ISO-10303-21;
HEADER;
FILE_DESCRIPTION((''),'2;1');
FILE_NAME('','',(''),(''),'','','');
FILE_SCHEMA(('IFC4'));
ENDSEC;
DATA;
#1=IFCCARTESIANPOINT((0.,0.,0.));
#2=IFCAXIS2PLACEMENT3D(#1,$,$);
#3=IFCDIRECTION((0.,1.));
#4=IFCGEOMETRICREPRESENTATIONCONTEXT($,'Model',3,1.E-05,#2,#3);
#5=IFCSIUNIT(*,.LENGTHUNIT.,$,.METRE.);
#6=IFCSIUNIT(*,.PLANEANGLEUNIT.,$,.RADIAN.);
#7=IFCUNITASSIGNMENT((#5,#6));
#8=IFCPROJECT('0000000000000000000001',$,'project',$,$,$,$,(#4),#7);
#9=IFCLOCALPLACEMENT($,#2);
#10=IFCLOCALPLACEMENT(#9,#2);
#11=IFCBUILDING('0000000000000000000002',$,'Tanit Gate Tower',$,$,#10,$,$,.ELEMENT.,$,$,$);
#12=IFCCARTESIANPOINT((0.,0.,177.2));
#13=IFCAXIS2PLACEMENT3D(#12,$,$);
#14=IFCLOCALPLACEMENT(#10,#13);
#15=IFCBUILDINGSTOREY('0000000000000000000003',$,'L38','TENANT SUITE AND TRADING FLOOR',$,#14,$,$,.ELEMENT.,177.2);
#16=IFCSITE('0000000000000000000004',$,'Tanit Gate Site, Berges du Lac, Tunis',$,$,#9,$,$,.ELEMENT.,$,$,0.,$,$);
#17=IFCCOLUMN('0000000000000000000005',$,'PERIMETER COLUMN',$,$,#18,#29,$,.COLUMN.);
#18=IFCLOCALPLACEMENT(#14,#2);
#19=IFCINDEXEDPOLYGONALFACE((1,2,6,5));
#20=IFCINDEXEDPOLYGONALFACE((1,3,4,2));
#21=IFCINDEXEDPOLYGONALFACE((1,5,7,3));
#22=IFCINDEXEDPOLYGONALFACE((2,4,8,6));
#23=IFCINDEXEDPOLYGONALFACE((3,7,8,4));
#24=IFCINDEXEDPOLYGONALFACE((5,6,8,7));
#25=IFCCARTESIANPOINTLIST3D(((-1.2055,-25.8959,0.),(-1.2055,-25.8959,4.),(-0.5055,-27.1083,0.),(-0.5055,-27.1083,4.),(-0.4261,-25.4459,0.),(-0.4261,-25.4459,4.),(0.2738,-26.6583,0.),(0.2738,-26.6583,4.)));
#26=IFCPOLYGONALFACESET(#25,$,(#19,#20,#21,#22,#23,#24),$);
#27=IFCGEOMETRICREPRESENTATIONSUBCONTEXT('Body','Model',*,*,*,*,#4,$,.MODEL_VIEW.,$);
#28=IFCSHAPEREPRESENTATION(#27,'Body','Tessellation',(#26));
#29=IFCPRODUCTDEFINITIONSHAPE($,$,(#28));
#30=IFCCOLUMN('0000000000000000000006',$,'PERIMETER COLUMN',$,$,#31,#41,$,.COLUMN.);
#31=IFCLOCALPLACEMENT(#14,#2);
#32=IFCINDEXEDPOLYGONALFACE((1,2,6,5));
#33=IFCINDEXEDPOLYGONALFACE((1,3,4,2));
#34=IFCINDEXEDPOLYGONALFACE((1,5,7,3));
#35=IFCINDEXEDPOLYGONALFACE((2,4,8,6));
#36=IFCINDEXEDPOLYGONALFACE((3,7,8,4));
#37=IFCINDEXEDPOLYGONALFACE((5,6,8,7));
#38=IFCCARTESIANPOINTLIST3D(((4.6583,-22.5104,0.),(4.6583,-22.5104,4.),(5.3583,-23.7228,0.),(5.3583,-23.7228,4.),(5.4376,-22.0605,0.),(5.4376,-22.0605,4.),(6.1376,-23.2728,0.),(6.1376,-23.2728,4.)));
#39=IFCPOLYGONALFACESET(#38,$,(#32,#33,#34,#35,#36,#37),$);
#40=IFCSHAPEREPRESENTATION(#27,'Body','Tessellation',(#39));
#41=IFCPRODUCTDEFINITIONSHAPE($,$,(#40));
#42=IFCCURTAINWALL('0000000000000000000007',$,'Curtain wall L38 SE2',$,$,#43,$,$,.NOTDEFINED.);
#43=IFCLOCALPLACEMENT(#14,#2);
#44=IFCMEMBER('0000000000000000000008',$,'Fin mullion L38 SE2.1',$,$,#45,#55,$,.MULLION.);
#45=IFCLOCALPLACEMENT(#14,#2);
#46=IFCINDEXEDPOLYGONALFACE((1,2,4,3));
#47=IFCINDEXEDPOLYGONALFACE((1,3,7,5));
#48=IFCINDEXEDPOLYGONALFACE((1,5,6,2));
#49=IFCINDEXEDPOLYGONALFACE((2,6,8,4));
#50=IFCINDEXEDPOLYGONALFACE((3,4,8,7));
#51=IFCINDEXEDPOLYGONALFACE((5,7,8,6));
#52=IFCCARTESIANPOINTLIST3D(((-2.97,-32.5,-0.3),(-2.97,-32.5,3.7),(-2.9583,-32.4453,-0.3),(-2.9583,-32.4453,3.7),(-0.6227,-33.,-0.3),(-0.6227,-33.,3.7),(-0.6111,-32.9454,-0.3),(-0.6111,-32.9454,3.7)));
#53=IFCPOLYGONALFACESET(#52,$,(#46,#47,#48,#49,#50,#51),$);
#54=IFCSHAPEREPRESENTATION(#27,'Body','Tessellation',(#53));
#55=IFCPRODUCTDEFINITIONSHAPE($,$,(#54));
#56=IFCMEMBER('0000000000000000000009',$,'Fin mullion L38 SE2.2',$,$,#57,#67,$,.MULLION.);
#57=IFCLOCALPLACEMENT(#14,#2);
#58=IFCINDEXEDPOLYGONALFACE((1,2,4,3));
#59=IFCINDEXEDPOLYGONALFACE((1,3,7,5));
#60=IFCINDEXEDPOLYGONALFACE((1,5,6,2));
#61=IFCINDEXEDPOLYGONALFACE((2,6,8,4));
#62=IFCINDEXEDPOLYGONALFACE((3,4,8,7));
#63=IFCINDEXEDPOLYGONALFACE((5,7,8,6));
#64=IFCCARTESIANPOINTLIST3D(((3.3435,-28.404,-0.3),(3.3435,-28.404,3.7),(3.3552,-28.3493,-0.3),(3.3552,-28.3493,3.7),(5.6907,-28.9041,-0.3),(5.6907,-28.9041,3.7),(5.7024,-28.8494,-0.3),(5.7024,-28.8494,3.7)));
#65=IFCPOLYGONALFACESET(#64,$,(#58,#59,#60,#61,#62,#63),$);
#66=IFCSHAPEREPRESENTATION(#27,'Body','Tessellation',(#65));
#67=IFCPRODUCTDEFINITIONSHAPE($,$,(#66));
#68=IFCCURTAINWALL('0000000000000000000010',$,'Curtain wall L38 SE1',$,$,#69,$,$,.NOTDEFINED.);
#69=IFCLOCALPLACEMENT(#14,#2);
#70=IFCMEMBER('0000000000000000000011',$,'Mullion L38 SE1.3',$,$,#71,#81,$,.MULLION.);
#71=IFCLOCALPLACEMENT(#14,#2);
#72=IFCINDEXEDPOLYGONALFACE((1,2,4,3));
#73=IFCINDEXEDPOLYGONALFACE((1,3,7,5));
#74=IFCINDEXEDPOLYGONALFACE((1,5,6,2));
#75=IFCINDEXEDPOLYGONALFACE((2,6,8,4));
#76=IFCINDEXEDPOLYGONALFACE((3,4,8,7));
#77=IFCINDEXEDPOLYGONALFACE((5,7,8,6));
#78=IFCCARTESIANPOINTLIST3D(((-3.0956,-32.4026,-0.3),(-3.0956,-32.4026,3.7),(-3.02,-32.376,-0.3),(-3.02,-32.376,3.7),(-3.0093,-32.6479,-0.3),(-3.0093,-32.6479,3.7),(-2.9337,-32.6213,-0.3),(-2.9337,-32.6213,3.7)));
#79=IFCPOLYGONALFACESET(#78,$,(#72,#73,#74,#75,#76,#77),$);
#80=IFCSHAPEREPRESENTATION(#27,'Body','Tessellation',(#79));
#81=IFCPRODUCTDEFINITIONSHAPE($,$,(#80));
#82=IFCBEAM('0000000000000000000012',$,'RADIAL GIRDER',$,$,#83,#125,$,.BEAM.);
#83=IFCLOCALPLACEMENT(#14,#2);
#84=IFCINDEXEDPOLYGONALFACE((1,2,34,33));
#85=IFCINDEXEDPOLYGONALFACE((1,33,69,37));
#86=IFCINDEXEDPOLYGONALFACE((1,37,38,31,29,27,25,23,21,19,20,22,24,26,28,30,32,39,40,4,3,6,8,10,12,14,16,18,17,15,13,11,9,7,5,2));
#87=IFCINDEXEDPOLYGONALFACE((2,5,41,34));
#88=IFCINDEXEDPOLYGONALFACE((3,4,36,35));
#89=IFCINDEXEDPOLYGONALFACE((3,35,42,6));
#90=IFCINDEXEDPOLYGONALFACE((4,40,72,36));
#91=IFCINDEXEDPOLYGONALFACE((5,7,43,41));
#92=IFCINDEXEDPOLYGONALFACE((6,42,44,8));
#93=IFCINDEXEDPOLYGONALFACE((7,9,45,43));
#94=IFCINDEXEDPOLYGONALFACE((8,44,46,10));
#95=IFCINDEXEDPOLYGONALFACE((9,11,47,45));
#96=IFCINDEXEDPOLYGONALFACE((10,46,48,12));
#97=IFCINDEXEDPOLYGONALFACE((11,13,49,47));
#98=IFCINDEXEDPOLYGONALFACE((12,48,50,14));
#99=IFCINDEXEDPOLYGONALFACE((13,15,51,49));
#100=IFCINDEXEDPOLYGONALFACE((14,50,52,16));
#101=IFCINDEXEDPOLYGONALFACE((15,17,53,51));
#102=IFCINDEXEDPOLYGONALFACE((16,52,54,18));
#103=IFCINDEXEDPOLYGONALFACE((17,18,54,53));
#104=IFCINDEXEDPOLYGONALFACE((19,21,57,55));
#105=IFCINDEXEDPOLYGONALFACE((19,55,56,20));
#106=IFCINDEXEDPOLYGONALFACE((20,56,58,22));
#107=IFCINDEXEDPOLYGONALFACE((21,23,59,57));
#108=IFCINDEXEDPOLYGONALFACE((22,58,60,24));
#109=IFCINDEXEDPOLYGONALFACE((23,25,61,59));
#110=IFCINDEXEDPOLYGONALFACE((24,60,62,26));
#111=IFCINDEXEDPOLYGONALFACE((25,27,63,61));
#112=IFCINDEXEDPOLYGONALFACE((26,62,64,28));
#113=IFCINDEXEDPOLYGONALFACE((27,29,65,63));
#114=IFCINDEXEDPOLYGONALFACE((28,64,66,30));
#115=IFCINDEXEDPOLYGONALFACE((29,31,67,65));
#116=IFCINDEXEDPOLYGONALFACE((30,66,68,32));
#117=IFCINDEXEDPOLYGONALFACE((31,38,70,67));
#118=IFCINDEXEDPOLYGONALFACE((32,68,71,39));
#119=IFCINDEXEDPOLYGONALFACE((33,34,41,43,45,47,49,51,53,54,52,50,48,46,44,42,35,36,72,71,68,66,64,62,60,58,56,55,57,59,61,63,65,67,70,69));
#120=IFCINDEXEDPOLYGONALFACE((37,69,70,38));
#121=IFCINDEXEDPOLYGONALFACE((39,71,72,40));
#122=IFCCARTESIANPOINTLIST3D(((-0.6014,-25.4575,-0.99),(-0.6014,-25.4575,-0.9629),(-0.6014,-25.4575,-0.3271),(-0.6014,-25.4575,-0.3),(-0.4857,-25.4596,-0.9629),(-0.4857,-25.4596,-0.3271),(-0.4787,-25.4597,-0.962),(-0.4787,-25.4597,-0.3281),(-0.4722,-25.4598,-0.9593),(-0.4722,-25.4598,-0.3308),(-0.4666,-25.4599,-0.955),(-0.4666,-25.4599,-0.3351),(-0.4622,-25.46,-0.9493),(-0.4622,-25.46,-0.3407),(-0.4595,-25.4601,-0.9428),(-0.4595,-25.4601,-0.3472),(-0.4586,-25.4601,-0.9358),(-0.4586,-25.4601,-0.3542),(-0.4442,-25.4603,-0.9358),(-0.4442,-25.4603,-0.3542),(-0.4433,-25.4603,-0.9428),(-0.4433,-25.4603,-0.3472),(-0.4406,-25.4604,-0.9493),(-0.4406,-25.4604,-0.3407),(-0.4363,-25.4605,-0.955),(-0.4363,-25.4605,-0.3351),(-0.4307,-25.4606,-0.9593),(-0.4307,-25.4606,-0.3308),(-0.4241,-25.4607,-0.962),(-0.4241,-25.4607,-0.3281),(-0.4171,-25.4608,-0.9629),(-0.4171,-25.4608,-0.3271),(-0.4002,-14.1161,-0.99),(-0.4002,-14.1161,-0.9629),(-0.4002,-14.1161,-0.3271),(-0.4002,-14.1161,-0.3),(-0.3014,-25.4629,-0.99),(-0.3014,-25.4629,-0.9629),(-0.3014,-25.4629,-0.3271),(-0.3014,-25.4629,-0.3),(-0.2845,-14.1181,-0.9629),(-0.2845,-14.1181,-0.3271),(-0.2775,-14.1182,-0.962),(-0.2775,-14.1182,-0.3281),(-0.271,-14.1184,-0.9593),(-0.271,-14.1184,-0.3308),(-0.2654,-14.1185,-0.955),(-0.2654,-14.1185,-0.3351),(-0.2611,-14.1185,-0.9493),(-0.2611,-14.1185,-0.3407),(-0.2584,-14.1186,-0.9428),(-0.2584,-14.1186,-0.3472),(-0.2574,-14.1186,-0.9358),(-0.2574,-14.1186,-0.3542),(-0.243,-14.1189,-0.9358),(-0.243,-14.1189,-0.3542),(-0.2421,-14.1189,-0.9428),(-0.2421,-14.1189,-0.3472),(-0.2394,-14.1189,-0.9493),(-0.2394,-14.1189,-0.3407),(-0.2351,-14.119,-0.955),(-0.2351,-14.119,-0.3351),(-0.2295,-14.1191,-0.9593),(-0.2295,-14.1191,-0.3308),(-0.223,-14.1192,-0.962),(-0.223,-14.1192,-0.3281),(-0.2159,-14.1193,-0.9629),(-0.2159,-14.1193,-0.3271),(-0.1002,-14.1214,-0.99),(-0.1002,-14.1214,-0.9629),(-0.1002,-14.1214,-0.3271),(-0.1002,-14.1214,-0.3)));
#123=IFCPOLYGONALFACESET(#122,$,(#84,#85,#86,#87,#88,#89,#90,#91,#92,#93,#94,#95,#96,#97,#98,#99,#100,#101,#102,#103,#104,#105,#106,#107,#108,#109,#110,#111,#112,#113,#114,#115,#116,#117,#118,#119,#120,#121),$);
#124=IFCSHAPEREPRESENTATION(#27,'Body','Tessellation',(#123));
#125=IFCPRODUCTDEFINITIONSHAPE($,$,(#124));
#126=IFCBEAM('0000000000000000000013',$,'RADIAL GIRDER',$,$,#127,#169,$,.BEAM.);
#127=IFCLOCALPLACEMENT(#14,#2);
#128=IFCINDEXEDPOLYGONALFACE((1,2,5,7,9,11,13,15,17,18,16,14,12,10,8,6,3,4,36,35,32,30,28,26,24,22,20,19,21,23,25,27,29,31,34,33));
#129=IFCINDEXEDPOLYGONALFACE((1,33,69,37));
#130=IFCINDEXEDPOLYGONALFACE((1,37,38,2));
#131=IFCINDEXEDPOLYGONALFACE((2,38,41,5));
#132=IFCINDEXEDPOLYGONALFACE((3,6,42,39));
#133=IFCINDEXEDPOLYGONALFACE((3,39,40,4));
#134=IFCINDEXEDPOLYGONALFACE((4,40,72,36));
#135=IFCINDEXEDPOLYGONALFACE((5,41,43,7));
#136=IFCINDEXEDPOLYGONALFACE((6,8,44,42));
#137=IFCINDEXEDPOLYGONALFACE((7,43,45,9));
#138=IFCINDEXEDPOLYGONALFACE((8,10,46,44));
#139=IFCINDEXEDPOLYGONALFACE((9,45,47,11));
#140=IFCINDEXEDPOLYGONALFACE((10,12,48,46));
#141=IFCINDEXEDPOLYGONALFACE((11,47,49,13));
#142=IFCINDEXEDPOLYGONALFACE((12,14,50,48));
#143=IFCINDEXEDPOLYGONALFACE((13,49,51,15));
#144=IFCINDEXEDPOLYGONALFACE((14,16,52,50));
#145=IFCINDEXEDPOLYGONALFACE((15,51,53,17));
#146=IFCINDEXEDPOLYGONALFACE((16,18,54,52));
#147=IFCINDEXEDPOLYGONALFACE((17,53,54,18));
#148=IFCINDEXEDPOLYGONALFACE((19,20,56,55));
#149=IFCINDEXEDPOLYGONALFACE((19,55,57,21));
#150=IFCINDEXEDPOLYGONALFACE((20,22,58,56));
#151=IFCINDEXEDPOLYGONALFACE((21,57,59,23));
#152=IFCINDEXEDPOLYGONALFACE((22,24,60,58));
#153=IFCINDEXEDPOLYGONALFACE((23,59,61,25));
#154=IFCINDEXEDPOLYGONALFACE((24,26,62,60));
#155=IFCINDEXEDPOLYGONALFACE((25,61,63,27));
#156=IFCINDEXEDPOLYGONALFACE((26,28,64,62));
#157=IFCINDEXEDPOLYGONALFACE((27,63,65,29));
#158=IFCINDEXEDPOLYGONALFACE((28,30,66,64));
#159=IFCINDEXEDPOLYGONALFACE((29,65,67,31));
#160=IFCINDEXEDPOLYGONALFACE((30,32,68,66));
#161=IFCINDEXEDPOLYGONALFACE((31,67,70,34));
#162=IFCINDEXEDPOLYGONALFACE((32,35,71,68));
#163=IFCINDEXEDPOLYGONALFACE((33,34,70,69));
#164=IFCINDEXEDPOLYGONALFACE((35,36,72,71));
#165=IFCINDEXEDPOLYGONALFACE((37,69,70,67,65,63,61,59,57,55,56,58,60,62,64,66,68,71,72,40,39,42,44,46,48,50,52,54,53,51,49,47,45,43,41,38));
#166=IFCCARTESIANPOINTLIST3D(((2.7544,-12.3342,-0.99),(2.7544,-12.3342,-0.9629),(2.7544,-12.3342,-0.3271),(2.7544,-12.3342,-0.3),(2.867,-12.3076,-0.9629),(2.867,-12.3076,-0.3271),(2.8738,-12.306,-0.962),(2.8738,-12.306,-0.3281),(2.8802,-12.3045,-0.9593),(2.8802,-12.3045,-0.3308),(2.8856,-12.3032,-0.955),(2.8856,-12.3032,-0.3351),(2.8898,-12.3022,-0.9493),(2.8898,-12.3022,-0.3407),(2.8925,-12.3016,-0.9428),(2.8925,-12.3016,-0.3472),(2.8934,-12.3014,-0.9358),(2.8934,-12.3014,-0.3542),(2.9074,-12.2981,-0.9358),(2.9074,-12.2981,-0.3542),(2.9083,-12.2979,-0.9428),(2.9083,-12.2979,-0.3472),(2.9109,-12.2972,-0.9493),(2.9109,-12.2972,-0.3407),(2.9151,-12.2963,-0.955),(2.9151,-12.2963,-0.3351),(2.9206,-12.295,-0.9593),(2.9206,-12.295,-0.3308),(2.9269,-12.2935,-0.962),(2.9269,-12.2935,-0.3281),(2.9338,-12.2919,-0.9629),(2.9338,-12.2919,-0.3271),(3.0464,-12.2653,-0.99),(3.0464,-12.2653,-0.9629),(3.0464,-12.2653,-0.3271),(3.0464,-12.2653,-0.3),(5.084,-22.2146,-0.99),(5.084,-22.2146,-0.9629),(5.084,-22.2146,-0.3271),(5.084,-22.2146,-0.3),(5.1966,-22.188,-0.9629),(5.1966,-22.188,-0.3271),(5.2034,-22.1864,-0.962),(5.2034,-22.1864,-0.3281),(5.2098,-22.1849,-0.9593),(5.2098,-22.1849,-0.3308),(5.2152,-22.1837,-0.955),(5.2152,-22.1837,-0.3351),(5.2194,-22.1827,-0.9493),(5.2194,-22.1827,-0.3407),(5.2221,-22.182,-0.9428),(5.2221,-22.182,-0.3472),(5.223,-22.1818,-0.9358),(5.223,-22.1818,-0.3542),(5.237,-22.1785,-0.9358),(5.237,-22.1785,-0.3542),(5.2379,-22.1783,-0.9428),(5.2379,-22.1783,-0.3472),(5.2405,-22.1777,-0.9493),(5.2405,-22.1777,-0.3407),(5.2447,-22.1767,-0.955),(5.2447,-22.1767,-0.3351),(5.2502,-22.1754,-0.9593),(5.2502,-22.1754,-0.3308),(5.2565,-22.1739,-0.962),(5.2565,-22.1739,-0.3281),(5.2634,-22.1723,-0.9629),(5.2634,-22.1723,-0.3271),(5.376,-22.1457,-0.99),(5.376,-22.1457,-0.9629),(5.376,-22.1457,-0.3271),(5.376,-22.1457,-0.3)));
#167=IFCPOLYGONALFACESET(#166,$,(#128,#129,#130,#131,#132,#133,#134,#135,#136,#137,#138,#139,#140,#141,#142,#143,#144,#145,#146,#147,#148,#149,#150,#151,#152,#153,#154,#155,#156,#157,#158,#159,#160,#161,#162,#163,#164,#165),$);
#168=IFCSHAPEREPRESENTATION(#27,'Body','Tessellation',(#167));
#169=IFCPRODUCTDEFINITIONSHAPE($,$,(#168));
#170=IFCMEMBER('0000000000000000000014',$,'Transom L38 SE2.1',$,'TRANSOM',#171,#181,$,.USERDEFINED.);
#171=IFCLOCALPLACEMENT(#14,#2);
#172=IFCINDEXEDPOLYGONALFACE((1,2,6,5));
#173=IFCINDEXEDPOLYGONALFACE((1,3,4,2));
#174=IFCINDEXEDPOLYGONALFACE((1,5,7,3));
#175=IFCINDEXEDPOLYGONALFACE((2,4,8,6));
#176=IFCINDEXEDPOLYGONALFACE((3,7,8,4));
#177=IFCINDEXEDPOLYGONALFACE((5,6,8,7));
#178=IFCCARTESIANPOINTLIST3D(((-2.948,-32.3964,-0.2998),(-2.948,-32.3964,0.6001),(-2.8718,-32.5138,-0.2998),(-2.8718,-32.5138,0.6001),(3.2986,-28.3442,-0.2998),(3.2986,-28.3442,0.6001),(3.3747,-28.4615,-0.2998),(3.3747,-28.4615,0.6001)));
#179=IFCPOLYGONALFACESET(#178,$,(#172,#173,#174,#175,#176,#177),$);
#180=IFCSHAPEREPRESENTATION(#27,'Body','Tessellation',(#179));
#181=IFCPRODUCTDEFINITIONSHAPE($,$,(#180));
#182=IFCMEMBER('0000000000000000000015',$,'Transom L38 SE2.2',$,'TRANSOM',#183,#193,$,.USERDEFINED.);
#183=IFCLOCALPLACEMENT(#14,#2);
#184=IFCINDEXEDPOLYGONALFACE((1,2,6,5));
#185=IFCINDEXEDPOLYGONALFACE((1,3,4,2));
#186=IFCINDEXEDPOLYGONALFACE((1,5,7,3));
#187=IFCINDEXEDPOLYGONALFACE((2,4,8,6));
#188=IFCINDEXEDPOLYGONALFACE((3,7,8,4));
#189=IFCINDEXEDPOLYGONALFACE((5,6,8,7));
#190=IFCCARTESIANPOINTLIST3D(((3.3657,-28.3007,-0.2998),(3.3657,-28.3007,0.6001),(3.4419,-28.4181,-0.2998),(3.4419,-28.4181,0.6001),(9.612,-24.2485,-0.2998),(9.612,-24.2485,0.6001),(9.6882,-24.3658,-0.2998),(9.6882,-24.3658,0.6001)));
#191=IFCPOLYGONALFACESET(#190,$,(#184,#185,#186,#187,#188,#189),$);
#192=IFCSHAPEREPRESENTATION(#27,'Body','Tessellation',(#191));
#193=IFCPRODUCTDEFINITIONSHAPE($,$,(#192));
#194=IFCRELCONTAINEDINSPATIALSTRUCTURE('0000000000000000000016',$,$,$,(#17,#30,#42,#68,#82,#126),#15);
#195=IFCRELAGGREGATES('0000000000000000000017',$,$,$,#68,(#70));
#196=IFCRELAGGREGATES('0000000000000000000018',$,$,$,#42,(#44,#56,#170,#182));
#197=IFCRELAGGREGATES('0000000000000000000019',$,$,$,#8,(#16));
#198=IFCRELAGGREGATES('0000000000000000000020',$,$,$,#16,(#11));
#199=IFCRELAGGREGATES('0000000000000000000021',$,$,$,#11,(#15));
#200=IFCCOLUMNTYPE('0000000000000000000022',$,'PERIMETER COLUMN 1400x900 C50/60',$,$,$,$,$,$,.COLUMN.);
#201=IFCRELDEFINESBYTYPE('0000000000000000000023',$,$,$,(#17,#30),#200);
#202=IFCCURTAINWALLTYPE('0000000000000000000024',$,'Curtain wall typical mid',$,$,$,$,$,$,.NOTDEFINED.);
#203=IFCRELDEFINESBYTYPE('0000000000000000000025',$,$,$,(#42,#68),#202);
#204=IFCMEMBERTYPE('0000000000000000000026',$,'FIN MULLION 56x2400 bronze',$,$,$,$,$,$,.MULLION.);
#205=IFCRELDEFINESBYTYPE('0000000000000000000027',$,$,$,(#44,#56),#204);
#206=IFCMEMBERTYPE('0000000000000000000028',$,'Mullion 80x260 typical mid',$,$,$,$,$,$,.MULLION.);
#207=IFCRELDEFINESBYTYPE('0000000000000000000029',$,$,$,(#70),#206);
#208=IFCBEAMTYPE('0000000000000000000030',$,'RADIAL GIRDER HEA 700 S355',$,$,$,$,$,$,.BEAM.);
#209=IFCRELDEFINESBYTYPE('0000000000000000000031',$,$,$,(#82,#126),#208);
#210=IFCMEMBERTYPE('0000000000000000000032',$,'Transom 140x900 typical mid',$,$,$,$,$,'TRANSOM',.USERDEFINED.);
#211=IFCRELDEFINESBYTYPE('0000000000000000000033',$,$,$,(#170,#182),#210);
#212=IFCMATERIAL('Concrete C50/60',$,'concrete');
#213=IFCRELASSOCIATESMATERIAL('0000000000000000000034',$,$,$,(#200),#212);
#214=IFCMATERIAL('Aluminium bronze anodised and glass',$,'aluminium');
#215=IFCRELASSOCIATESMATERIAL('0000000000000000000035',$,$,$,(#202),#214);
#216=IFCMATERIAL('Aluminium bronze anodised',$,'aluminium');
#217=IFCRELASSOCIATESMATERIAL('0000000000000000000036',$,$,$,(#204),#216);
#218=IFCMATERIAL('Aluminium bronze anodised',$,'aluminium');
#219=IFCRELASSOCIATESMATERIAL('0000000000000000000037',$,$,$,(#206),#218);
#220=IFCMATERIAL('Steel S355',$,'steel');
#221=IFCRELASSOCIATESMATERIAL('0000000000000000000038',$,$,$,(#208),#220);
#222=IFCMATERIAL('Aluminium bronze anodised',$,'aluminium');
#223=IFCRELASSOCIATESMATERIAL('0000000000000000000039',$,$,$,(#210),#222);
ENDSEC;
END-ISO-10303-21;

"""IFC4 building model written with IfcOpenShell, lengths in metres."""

from ifc_helpers import new_model, si_unit, direction, frame, origin, origin_2d, place, context, subcontext, project, spatial, rectangle, i_section, extrude, material, material_profile, profile_set, type_object, element, aggregate, save


model = new_model("IFC4")

# Units and contexts
model_context = context("Model", 3, precision=1e-05, world=origin(), true_north=direction((0.0, 1.0)))
body_context = subcontext(model_context, "Body", "Model", "MODEL_VIEW")
ifc_project = project(units=[si_unit("LENGTHUNIT", "METRE"), si_unit("PLANEANGLEUNIT", "RADIAN")], contexts=[model_context])

# Site, building, storey
site_placement = place(None, origin())
site = spatial("IfcSite", under=ifc_project, at=site_placement, Name="Tanit Gate Site, Berges du Lac, Tunis", CompositionType="ELEMENT", RefElevation=0.0)
building_placement = place(site_placement, origin())
building = spatial("IfcBuilding", under=site, at=building_placement, Name="Tanit Gate Tower", CompositionType="ELEMENT")
storey_placement = place(building_placement, frame((0.0, 0.0, 177.2)))
storey = spatial("IfcBuildingStorey", under=building, at=storey_placement, Name="L38", Description="TENANT SUITE AND TRADING FLOOR", CompositionType="ELEMENT", Elevation=177.2)

# Columns
ifc_material_1 = material(Name="Concrete C50/60", Category="concrete")
ifc_material_profile_1 = material_profile(ifc_material_1, rectangle(XDim=1.3999, YDim=0.8999, at=origin_2d()), Name="RC 1400x900")
ifc_profile_set_1 = profile_set([ifc_material_profile_1], Name="Concrete C50/60")
column_type = type_object("IfcColumnType", Name="PERIMETER COLUMN 1400x900 C50/60", PredefinedType="COLUMN", material=ifc_profile_set_1)
for number, where, z_axis, x_axis, name in (
    (1, (-0.4658, -26.2771, 0.0), (0.0, 0.0, 1.0), (0.5, -0.866025, 0.0), "PERIMETER COLUMN"),
    (2, (5.3979, -22.8916, 0.0), (0.0, 0.0, 1.0), (0.5, -0.866025, 0.0), "PERIMETER COLUMN"),
):
    element("IfcColumn", number, at=place(storey_placement, frame(where, z_axis=z_axis, x_axis=x_axis)), inside=storey, type_object=column_type, Name=name, PredefinedType="COLUMN", context=body_context, shape_type="SweptSolid", body=[
        extrude(rectangle(XDim=1.3999, YDim=0.8999, at=origin_2d()), origin(), (0.0, 0.0, 1.0), 4.0),
    ])

# Curtain wall, members
ifc_material_2 = material(Name="Aluminium bronze anodised and glass", Category="aluminium")
curtain_wall_type = type_object("IfcCurtainWallType", Name="Curtain wall typical mid", PredefinedType="NOTDEFINED", material=ifc_material_2)
curtain_wall_1_placement = place(storey_placement, origin())
curtain_wall_1 = element("IfcCurtainWall", 3, at=curtain_wall_1_placement, inside=storey, type_object=curtain_wall_type, Name="Curtain wall L38 SE2", PredefinedType="NOTDEFINED")
ifc_material_3 = material(Name="Aluminium bronze anodised", Category="aluminium")
ifc_material_profile_2 = material_profile(ifc_material_3, rectangle(XDim=2.3999, YDim=0.0559, at=origin_2d()), Name="56x2400 bronze fin mullion")
ifc_profile_set_2 = profile_set([ifc_material_profile_2], Name="Aluminium bronze anodised")
member_type_1 = type_object("IfcMemberType", Name="FIN MULLION 56x2400 bronze", PredefinedType="MULLION", material=ifc_profile_set_2)
member_1_placement = place(storey_placement, frame((-1.7905, -32.7227, -0.3), z_axis=(0.0, 0.0, 1.0), x_axis=(-0.978049, 0.208373, 0.0)))
member_1 = element("IfcMember", 4, at=member_1_placement, type_object=member_type_1, Name="Fin mullion L38 SE2.1", PredefinedType="MULLION", context=body_context, shape_type="SweptSolid", body=[
    extrude(rectangle(XDim=2.3999, YDim=0.0559, at=origin_2d()), origin(), (0.0, 0.0, 1.0), 4.0),
])
member_2_placement = place(storey_placement, frame((4.5229, -28.6267, -0.3), z_axis=(0.0, 0.0, 1.0), x_axis=(-0.978049, 0.208373, 0.0)))
member_2 = element("IfcMember", 5, at=member_2_placement, type_object=member_type_1, Name="Fin mullion L38 SE2.2", PredefinedType="MULLION", context=body_context, shape_type="SweptSolid", body=[
    extrude(rectangle(XDim=2.3999, YDim=0.0559, at=origin_2d()), origin(), (0.0, 0.0, 1.0), 4.0),
])

# Curtain wall, member
curtain_wall_2_placement = place(storey_placement, origin())
curtain_wall_2 = element("IfcCurtainWall", 6, at=curtain_wall_2_placement, inside=storey, type_object=curtain_wall_type, Name="Curtain wall L38 SE1", PredefinedType="NOTDEFINED")
ifc_material_4 = material(Name="Aluminium bronze anodised", Category="aluminium")
ifc_material_profile_3 = material_profile(ifc_material_4, rectangle(XDim=0.26, YDim=0.0801, at=origin_2d()), Name="80x260 bronze mullion")
ifc_profile_set_3 = profile_set([ifc_material_profile_3], Name="Aluminium bronze anodised")
member_type_2 = type_object("IfcMemberType", Name="Mullion 80x260 typical mid", PredefinedType="MULLION", material=ifc_profile_set_3)
member_3_placement = place(storey_placement, frame((-3.0146, -32.512, -0.3), z_axis=(0.0, 0.0, 1.0), x_axis=(-0.331926, 0.943305, 0.0)))
member_3 = element("IfcMember", 7, at=member_3_placement, type_object=member_type_2, Name="Mullion L38 SE1.3", PredefinedType="MULLION", context=body_context, shape_type="SweptSolid", body=[
    extrude(rectangle(XDim=0.26, YDim=0.0801, at=origin_2d()), origin(), (0.0, 0.0, 1.0), 4.0),
])
aggregate(curtain_wall_2, [member_3])

# Beams
ifc_material_5 = material(Name="Steel S355", Category="steel")
ifc_material_profile_4 = material_profile(ifc_material_5, i_section(OverallWidth=0.3, OverallDepth=0.6899, WebThickness=0.0144, FlangeThickness=0.0271, FilletRadius=0.0271, at=origin_2d()), Name="HEA 700")
ifc_profile_set_4 = profile_set([ifc_material_profile_4], Name="Steel S355")
beam_type = type_object("IfcBeamType", Name="RADIAL GIRDER HEA 700 S355", PredefinedType="BEAM", material=ifc_profile_set_4)
beam_1_placement = place(storey_placement, frame((-0.4514, -25.4602, -0.645), z_axis=(0.017735, 0.999843, 0.0), x_axis=(-0.999843, 0.017735, 0.0)))
element("IfcBeam", 8, at=beam_1_placement, inside=storey, type_object=beam_type, Name="RADIAL GIRDER", PredefinedType="BEAM", context=body_context, shape_type="SweptSolid", body=[
    extrude(i_section(OverallWidth=0.3, OverallDepth=0.6899, WebThickness=0.0144, FlangeThickness=0.0271, FilletRadius=0.0271, at=origin_2d()), origin(), (0.0, 0.0, 1.0), 11.3433),
])
beam_2_placement = place(storey_placement, frame((5.23, -22.1802, -0.645), z_axis=(-0.229487, 0.973312, 0.0), x_axis=(-0.973312, -0.229487, 0.0)))
element("IfcBeam", 9, at=beam_2_placement, inside=storey, type_object=beam_type, Name="RADIAL GIRDER", PredefinedType="BEAM", context=body_context, shape_type="SweptSolid", body=[
    extrude(i_section(OverallWidth=0.3, OverallDepth=0.6899, WebThickness=0.0144, FlangeThickness=0.0271, FilletRadius=0.0271, at=origin_2d()), origin(), (0.0, 0.0, 1.0), 10.1514),
])

# Members
ifc_material_6 = material(Name="Aluminium bronze anodised", Category="aluminium")
ifc_material_profile_5 = material_profile(ifc_material_6, rectangle(XDim=0.1399, YDim=0.8999, at=origin_2d()), Name="140x900 bronze transom")
ifc_profile_set_5 = profile_set([ifc_material_profile_5], Name="Aluminium bronze anodised")
member_type_3 = type_object("IfcMemberType", Name="Transom 140x900 typical mid", ElementType="TRANSOM", PredefinedType="USERDEFINED", material=ifc_profile_set_5)
member_4_placement = place(storey_placement, frame((-2.9099, -32.4551, 0.1501), z_axis=(0.838936, 0.54423, 0.0), x_axis=(-0.54423, 0.838936, 0.0)))
member_4 = element("IfcMember", 10, at=member_4_placement, type_object=member_type_3, Name="Transom L38 SE2.1", ObjectType="TRANSOM", PredefinedType="USERDEFINED", context=body_context, shape_type="SweptSolid", body=[
    extrude(rectangle(XDim=0.1399, YDim=0.8999, at=origin_2d()), origin(), (0.0, 0.0, 1.0), 7.4458),
])
member_5_placement = place(storey_placement, frame((3.4038, -28.3594, 0.1501), z_axis=(0.838926, 0.544245, 0.0), x_axis=(-0.544245, 0.838926, 0.0)))
member_5 = element("IfcMember", 11, at=member_5_placement, type_object=member_type_3, Name="Transom L38 SE2.2", ObjectType="TRANSOM", PredefinedType="USERDEFINED", context=body_context, shape_type="SweptSolid", body=[
    extrude(rectangle(XDim=0.1399, YDim=0.8999, at=origin_2d()), origin(), (0.0, 0.0, 1.0), 7.4456),
])

aggregate(curtain_wall_1, [member_1, member_2, member_4, member_5])

save(model, "model.ifc")
